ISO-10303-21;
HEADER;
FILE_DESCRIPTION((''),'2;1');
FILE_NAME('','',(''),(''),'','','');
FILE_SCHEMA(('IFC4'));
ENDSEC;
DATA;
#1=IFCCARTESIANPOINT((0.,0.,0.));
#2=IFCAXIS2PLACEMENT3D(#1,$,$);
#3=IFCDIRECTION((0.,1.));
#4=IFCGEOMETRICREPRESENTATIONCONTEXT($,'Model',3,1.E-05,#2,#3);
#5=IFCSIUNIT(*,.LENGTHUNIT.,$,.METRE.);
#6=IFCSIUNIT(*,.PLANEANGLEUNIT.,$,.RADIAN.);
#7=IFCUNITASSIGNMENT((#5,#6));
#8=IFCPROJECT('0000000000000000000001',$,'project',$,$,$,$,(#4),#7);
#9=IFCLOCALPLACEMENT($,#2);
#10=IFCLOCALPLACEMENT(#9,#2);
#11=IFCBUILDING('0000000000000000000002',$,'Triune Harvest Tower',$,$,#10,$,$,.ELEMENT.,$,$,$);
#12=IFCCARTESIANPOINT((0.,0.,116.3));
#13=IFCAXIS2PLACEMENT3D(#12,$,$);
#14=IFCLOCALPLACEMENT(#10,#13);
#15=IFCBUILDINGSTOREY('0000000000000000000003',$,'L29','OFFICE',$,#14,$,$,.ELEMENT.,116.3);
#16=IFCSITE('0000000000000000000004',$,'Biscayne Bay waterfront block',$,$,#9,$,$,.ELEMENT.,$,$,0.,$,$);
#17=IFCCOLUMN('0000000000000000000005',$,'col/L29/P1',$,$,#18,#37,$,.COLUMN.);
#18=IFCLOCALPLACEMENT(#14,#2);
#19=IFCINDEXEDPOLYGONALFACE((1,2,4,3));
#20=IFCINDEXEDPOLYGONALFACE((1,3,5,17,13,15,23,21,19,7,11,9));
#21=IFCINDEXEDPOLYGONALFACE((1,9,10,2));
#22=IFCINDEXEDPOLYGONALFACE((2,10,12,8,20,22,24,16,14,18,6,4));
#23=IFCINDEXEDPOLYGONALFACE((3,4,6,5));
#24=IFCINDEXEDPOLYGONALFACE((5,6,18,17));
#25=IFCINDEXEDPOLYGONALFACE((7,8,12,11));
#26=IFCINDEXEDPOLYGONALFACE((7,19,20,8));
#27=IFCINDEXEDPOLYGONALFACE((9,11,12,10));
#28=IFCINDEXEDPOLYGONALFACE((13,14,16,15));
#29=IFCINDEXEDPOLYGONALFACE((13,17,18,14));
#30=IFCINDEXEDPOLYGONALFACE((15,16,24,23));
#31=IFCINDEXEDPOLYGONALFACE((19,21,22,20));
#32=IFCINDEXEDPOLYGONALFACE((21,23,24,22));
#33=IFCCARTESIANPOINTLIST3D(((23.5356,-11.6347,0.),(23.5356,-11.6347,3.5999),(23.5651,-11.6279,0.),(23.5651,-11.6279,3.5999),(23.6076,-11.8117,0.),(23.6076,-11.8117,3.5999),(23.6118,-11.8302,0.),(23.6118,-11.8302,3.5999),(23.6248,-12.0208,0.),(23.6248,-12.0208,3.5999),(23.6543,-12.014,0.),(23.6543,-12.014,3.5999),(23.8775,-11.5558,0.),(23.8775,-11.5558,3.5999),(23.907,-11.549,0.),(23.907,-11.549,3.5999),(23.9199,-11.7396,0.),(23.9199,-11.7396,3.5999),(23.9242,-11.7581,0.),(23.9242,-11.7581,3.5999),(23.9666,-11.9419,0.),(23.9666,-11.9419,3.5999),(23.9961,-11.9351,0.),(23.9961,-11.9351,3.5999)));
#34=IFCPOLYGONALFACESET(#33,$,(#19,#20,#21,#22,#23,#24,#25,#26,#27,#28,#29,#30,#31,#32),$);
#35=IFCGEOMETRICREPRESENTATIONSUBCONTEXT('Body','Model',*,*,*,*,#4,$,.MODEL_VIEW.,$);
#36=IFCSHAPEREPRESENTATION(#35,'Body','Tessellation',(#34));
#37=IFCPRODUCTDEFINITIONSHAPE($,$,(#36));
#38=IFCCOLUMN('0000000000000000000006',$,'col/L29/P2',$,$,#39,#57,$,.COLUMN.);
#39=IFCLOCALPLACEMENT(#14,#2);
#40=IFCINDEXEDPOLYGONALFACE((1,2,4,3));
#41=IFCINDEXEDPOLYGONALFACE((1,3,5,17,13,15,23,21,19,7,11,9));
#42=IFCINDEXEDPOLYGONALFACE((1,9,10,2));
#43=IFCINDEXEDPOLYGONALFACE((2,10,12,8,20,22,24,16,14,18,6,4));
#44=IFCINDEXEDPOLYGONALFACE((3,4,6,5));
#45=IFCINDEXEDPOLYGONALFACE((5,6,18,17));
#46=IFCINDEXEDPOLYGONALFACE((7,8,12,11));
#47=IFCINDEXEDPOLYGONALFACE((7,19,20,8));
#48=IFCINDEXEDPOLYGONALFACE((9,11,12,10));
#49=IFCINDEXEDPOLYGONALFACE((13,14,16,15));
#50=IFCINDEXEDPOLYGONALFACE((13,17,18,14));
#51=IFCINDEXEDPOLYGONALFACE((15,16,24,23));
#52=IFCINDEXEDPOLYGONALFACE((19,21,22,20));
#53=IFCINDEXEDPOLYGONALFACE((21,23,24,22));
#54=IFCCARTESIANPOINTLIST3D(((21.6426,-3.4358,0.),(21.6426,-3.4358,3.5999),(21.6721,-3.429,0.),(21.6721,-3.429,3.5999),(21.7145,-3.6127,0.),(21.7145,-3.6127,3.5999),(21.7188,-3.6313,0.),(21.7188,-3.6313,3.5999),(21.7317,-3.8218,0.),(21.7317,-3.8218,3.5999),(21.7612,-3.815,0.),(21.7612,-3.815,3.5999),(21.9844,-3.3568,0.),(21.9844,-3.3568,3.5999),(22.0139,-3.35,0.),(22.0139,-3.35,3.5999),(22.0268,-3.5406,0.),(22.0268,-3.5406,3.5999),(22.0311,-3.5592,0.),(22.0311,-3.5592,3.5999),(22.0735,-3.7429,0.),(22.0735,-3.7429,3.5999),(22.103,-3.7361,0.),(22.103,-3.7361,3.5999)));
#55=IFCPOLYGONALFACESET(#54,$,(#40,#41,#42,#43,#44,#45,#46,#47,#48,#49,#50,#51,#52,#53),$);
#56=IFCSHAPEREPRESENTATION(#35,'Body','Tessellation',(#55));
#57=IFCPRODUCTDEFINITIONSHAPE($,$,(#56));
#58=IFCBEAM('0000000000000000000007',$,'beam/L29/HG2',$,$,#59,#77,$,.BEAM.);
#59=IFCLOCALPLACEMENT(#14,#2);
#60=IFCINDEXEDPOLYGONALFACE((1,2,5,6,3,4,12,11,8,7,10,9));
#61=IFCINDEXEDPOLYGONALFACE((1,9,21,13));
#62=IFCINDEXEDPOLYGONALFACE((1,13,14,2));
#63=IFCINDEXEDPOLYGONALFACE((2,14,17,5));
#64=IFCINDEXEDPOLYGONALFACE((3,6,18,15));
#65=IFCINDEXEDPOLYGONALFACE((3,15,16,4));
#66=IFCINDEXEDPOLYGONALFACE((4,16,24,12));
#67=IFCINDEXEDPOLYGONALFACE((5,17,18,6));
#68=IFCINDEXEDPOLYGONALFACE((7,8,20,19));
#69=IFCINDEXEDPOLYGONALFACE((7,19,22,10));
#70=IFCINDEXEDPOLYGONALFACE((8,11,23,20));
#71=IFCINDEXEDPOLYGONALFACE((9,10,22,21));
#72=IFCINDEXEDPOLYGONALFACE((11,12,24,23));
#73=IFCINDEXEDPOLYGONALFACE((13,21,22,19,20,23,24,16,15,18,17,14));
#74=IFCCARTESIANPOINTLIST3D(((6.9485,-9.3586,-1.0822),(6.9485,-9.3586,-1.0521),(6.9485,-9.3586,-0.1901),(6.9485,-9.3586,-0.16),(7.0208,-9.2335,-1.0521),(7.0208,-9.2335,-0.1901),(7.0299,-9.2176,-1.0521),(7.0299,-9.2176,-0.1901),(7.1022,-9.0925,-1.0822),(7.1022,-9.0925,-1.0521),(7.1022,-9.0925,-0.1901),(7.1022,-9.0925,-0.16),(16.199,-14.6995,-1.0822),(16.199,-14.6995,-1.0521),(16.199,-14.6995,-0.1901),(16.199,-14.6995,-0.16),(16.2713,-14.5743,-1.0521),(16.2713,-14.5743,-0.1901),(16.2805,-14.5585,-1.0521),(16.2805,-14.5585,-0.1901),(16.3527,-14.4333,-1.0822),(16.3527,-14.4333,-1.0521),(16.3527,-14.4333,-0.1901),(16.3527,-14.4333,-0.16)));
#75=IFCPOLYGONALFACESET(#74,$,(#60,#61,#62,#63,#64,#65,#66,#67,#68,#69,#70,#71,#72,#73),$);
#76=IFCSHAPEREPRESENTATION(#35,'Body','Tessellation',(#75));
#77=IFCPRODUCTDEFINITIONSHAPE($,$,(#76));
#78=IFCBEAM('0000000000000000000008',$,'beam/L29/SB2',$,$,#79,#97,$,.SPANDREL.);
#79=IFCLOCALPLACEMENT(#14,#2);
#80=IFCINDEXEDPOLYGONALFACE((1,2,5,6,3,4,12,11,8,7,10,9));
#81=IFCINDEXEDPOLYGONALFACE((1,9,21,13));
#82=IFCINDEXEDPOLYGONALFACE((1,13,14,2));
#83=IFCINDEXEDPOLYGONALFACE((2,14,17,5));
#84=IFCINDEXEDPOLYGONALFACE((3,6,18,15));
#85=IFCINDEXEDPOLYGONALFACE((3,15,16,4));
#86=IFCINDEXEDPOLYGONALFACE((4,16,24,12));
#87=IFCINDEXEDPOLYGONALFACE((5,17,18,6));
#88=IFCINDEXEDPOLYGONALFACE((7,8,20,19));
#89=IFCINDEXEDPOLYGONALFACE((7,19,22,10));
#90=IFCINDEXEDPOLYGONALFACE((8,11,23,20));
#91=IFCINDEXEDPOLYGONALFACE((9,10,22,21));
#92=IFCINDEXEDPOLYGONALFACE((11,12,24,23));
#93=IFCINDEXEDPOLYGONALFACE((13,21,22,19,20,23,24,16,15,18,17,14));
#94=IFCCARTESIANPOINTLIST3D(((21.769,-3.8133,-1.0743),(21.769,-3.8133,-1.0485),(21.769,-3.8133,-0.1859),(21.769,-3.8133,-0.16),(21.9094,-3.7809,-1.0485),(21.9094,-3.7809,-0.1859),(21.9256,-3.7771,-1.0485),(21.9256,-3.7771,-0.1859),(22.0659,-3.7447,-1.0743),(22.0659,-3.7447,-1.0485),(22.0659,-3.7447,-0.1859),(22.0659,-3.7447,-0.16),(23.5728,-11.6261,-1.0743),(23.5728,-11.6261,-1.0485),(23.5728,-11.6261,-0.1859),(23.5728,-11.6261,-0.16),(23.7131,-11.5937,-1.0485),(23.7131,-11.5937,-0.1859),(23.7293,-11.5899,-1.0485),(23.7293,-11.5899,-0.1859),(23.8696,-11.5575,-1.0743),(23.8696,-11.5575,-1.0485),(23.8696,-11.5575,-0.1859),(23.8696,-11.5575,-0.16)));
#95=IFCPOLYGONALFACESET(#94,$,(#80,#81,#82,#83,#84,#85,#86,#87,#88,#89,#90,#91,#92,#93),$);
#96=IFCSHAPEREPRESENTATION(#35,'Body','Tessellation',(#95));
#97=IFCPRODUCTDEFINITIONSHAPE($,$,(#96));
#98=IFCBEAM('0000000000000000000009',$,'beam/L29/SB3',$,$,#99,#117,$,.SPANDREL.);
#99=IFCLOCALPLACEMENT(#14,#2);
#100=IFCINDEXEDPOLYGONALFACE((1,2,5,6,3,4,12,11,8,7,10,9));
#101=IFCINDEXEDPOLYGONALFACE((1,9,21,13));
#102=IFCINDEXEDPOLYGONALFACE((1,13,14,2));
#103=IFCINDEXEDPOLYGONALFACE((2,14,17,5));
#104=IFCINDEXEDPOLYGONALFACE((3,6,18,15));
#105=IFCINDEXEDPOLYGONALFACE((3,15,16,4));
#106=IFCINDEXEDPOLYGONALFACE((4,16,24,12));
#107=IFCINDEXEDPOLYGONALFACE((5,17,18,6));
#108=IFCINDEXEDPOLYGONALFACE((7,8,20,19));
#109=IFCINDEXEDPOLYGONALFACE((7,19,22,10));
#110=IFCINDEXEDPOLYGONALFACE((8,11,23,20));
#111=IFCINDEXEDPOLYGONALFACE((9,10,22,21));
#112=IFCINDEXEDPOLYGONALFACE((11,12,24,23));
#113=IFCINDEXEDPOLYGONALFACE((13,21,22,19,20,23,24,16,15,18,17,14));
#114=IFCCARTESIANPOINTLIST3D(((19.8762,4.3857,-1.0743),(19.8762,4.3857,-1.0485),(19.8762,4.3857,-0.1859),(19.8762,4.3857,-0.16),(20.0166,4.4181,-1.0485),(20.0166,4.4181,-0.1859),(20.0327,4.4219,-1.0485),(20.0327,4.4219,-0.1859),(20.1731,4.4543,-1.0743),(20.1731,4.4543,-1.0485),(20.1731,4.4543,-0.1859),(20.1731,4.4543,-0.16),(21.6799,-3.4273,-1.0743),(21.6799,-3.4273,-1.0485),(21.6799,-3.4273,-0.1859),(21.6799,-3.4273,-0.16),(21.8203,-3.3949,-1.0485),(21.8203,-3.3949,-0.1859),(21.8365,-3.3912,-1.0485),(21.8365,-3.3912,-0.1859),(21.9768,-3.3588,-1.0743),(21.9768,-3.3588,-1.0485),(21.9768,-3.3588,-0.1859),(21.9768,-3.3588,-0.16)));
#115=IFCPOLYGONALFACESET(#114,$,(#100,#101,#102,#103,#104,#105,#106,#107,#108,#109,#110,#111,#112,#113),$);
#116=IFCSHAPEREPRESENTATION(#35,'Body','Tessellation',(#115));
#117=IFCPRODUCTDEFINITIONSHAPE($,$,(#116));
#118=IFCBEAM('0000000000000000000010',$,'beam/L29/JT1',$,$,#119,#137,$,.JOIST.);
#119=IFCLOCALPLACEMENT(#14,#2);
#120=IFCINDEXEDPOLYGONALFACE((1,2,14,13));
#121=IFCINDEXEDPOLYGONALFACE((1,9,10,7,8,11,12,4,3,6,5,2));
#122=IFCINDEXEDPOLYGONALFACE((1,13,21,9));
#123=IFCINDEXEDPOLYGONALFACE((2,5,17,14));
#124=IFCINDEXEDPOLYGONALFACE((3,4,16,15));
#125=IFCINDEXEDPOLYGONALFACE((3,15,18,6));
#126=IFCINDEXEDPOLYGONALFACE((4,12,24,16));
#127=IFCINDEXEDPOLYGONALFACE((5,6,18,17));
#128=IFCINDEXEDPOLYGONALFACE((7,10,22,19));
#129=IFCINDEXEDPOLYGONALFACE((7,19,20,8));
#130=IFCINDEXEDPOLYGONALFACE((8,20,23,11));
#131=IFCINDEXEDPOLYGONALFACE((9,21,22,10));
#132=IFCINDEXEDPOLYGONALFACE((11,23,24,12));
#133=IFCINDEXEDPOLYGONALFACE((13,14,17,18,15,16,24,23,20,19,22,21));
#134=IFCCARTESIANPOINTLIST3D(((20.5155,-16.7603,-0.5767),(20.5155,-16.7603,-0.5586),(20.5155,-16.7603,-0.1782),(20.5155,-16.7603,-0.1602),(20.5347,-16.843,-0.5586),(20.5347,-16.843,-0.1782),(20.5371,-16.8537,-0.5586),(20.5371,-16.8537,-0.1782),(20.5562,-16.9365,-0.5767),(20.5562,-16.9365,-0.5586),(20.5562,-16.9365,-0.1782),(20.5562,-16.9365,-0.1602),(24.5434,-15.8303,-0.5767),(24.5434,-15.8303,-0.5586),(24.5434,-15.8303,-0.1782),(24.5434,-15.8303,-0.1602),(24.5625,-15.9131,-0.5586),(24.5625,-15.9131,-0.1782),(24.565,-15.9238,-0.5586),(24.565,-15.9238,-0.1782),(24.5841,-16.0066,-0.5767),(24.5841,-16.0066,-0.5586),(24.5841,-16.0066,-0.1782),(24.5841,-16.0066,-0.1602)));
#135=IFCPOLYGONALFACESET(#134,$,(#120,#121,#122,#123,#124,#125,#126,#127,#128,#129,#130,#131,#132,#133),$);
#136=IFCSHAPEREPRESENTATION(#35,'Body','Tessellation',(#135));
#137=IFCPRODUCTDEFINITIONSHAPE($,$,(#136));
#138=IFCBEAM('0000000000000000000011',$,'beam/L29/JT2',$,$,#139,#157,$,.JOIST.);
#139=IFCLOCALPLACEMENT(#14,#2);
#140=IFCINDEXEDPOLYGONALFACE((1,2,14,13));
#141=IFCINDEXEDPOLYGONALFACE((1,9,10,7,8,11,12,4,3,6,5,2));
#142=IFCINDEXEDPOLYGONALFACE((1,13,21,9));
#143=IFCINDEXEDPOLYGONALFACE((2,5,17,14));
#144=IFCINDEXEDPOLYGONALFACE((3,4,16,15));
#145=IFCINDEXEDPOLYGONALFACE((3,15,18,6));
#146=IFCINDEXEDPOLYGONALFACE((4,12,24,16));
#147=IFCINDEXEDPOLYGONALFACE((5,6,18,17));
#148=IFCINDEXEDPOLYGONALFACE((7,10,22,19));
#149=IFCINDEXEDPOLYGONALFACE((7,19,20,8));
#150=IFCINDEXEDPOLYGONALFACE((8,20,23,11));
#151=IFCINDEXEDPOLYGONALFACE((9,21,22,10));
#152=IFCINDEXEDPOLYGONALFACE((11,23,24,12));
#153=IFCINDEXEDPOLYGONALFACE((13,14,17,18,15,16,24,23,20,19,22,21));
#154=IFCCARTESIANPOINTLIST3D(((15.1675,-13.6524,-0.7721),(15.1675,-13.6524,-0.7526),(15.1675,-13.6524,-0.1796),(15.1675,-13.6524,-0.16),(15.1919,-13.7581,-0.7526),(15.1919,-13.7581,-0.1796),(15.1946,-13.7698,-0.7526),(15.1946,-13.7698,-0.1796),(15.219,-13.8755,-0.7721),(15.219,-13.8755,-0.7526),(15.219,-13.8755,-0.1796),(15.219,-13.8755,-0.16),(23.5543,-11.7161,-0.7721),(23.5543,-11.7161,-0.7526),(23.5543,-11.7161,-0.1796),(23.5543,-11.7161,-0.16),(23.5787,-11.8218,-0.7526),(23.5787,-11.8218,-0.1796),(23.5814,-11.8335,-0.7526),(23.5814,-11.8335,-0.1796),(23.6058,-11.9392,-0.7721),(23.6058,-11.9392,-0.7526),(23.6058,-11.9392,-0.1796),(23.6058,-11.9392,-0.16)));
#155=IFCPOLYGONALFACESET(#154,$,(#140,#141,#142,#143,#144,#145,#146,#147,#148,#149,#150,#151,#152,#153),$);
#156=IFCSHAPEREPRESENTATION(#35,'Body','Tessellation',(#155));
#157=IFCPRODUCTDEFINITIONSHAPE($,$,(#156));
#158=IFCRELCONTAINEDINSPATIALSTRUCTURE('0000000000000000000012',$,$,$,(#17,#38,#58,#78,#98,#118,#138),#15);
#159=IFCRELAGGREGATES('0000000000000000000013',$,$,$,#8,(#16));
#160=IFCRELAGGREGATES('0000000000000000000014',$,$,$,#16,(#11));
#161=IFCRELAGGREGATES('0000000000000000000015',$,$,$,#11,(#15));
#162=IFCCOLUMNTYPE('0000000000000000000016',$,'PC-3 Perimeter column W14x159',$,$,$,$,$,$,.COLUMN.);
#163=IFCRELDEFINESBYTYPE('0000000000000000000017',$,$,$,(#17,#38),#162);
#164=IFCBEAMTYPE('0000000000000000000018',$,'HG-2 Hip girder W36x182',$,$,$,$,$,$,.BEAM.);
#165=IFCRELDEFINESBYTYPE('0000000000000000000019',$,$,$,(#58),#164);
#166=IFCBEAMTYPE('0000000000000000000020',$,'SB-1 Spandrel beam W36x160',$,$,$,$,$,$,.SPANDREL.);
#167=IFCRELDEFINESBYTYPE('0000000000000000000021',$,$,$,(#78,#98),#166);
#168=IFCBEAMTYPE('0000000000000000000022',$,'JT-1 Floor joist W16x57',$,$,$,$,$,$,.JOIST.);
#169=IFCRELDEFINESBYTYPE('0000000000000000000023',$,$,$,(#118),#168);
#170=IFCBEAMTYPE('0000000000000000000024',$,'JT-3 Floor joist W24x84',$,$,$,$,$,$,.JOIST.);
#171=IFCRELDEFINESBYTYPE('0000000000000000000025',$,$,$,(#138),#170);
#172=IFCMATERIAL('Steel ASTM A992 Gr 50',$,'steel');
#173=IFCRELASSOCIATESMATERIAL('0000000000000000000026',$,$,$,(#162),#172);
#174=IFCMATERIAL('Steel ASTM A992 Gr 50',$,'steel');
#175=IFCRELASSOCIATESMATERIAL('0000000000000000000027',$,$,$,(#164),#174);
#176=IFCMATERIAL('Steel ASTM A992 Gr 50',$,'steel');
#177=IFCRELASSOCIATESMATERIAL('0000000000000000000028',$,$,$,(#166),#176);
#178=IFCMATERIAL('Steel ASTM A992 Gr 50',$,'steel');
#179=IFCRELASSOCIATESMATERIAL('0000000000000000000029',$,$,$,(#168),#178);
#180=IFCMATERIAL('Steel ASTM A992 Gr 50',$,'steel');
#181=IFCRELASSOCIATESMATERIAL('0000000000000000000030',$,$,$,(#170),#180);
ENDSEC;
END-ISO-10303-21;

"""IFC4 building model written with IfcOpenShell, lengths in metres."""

from ifc_helpers import new_model, si_unit, direction, frame, origin, origin_2d, place, context, subcontext, project, spatial, i_section, extrude, source, transform, mapped, material, material_profile, profile_set, type_object, element, save


model = new_model("IFC4")

# Units and contexts
model_context = context("Model", 3, precision=1e-05, world=origin(), true_north=direction((0.0, 1.0)))
body_context = subcontext(model_context, "Body", "Model", "MODEL_VIEW")
ifc_project = project(units=[si_unit("LENGTHUNIT", "METRE"), si_unit("PLANEANGLEUNIT", "RADIAN")], contexts=[model_context])

# Site, building, storey
site_placement = place(None, origin())
site = spatial("IfcSite", under=ifc_project, at=site_placement, Name="Biscayne Bay waterfront block", CompositionType="ELEMENT", RefElevation=0.0)
building_placement = place(site_placement, origin())
building = spatial("IfcBuilding", under=site, at=building_placement, Name="Triune Harvest Tower", CompositionType="ELEMENT")
storey_placement = place(building_placement, frame((0.0, 0.0, 116.3)))
storey = spatial("IfcBuildingStorey", under=building, at=storey_placement, Name="L29", Description="OFFICE", CompositionType="ELEMENT", Elevation=116.3)

# Columns
ifc_material_1 = material(Name="Steel ASTM A992 Gr 50", Category="steel")
ifc_material_profile_1 = material_profile(ifc_material_1, i_section(OverallWidth=0.3962, OverallDepth=0.3811, WebThickness=0.019, FlangeThickness=0.0303, at=origin_2d()), Name="W14x159")
ifc_profile_set_1 = profile_set([ifc_material_profile_1], Name="Steel ASTM A992 Gr 50")
column_type = type_object("IfcColumnType", Name="PC-3 Perimeter column W14x159", PredefinedType="COLUMN", material=ifc_profile_set_1)
shared_shape_1 = source(origin(), body_context, "Body", "SweptSolid", [
    extrude(i_section(OverallWidth=0.3962, OverallDepth=0.3811, WebThickness=0.019, FlangeThickness=0.0303, at=origin_2d()), origin(), (0.0, 0.0, 1.0), 3.5999),
])
for number, where, z_axis, x_axis, name in (
    (1, (23.7659, -11.7849, 0.0), (0.0, 0.0, 1.0), (-0.224953, 0.97437, 0.0), "col/L29/P1"),
    (2, (21.8728, -3.5859, 0.0), (0.0, 0.0, 1.0), (-0.224953, 0.97437, 0.0), "col/L29/P2"),
):
    element("IfcColumn", number, at=place(storey_placement, frame(where, z_axis=z_axis, x_axis=x_axis)), inside=storey, type_object=column_type, Name=name, PredefinedType="COLUMN", context=body_context, shape_type="MappedRepresentation", body=[
        mapped(shared_shape_1, transform((0.0, 0.0, 0.0), scale=1.0)),
    ])

# Beams
ifc_material_2 = material(Name="Steel ASTM A992 Gr 50", Category="steel")
ifc_material_profile_2 = material_profile(ifc_material_2, i_section(OverallWidth=0.3074, OverallDepth=0.9221, WebThickness=0.0183, FlangeThickness=0.03, at=origin_2d()), Name="W36x182")
ifc_profile_set_2 = profile_set([ifc_material_profile_2], Name="Steel ASTM A992 Gr 50")
beam_type_1 = type_object("IfcBeamType", Name="HG-2 Hip girder W36x182", PredefinedType="BEAM", material=ifc_profile_set_2)
shared_shape_2 = source(origin(), body_context, "Body", "SweptSolid", [
    extrude(i_section(OverallWidth=0.3074, OverallDepth=0.9221, WebThickness=0.0183, FlangeThickness=0.03, at=origin_2d()), origin(), (0.0, 0.0, 1.0), 10.6816),
])
beam_1_placement = place(storey_placement, frame((16.2759, -14.5664, -0.6211), z_axis=(-0.866023, 0.500003, 0.0), x_axis=(-0.500003, -0.866023, 0.0)))
element("IfcBeam", 3, at=beam_1_placement, inside=storey, type_object=beam_type_1, Name="beam/L29/HG2", PredefinedType="BEAM", context=body_context, shape_type="MappedRepresentation", body=[
    mapped(shared_shape_2, transform((0.0, 0.0, 0.0), scale=1.0)),
])
ifc_material_3 = material(Name="Steel ASTM A992 Gr 50", Category="steel")
ifc_material_profile_3 = material_profile(ifc_material_3, i_section(OverallWidth=0.3047, OverallDepth=0.9143, WebThickness=0.0166, FlangeThickness=0.0259, at=origin_2d()), Name="W36x160")
ifc_profile_set_3 = profile_set([ifc_material_profile_3], Name="Steel ASTM A992 Gr 50")
beam_type_2 = type_object("IfcBeamType", Name="SB-1 Spandrel beam W36x160", PredefinedType="SPANDREL", material=ifc_profile_set_3)
shared_shape_3 = source(origin(), body_context, "Body", "SweptSolid", [
    extrude(i_section(OverallWidth=0.3047, OverallDepth=0.9143, WebThickness=0.0166, FlangeThickness=0.0259, at=origin_2d()), origin(), (0.0, 0.0, 1.0), 8.0183),
])
beam_2_placement = place(storey_placement, frame((23.7212, -11.5918, -0.6172), z_axis=(-0.224951, 0.97437, 0.0), x_axis=(-0.97437, -0.224951, 0.0)))
element("IfcBeam", 4, at=beam_2_placement, inside=storey, type_object=beam_type_2, Name="beam/L29/SB2", PredefinedType="SPANDREL", context=body_context, shape_type="MappedRepresentation", body=[
    mapped(shared_shape_3, transform((0.0, 0.0, 0.0), scale=1.0)),
])
shared_shape_4 = source(origin(), body_context, "Body", "SweptSolid", [
    extrude(i_section(OverallWidth=0.3047, OverallDepth=0.9143, WebThickness=0.0166, FlangeThickness=0.0259, at=origin_2d()), origin(), (0.0, 0.0, 1.0), 8.0186),
])
beam_3_placement = place(storey_placement, frame((21.8284, -3.3931, -0.6172), z_axis=(-0.224944, 0.974372, 0.0), x_axis=(-0.974372, -0.224944, 0.0)))
element("IfcBeam", 5, at=beam_3_placement, inside=storey, type_object=beam_type_2, Name="beam/L29/SB3", PredefinedType="SPANDREL", context=body_context, shape_type="MappedRepresentation", body=[
    mapped(shared_shape_4, transform((0.0, 0.0, 0.0), scale=1.0)),
])
ifc_material_4 = material(Name="Steel ASTM A992 Gr 50", Category="steel")
ifc_material_profile_4 = material_profile(ifc_material_4, i_section(OverallWidth=0.1809, OverallDepth=0.4165, WebThickness=0.011, FlangeThickness=0.0181, at=origin_2d()), Name="W16x57")
ifc_profile_set_4 = profile_set([ifc_material_profile_4], Name="Steel ASTM A992 Gr 50")
beam_type_3 = type_object("IfcBeamType", Name="JT-1 Floor joist W16x57", PredefinedType="JOIST", material=ifc_profile_set_4)
shared_shape_5 = source(origin(), body_context, "Body", "SweptSolid", [
    extrude(i_section(OverallWidth=0.1809, OverallDepth=0.4165, WebThickness=0.011, FlangeThickness=0.0181, at=origin_2d()), origin(), (0.0, 0.0, 1.0), 4.1338),
])
beam_4_placement = place(storey_placement, frame((24.5637, -15.9185, -0.3684), z_axis=(-0.974368, -0.224959, 0.0), x_axis=(0.224959, -0.974368, 0.0)))
element("IfcBeam", 6, at=beam_4_placement, inside=storey, type_object=beam_type_3, Name="beam/L29/JT1", PredefinedType="JOIST", context=body_context, shape_type="MappedRepresentation", body=[
    mapped(shared_shape_5, transform((0.0, 0.0, 0.0), scale=1.0)),
])
ifc_material_5 = material(Name="Steel ASTM A992 Gr 50", Category="steel")
ifc_material_profile_5 = material_profile(ifc_material_5, i_section(OverallWidth=0.229, OverallDepth=0.6121, WebThickness=0.012, FlangeThickness=0.0195, at=origin_2d()), Name="W24x84")
ifc_profile_set_5 = profile_set([ifc_material_profile_5], Name="Steel ASTM A992 Gr 50")
beam_type_4 = type_object("IfcBeamType", Name="JT-3 Floor joist W24x84", PredefinedType="JOIST", material=ifc_profile_set_5)
shared_shape_6 = source(origin(), body_context, "Body", "SweptSolid", [
    extrude(i_section(OverallWidth=0.229, OverallDepth=0.6121, WebThickness=0.012, FlangeThickness=0.0195, at=origin_2d()), origin(), (0.0, 0.0, 1.0), 8.6074),
])
beam_5_placement = place(storey_placement, frame((23.5801, -11.8276, -0.4661), z_axis=(-0.974369, -0.224957, 0.0), x_axis=(0.224957, -0.974369, 0.0)))
element("IfcBeam", 7, at=beam_5_placement, inside=storey, type_object=beam_type_4, Name="beam/L29/JT2", PredefinedType="JOIST", context=body_context, shape_type="MappedRepresentation", body=[
    mapped(shared_shape_6, transform((0.0, 0.0, 0.0), scale=1.0)),
])

save(model, "model.ifc")
